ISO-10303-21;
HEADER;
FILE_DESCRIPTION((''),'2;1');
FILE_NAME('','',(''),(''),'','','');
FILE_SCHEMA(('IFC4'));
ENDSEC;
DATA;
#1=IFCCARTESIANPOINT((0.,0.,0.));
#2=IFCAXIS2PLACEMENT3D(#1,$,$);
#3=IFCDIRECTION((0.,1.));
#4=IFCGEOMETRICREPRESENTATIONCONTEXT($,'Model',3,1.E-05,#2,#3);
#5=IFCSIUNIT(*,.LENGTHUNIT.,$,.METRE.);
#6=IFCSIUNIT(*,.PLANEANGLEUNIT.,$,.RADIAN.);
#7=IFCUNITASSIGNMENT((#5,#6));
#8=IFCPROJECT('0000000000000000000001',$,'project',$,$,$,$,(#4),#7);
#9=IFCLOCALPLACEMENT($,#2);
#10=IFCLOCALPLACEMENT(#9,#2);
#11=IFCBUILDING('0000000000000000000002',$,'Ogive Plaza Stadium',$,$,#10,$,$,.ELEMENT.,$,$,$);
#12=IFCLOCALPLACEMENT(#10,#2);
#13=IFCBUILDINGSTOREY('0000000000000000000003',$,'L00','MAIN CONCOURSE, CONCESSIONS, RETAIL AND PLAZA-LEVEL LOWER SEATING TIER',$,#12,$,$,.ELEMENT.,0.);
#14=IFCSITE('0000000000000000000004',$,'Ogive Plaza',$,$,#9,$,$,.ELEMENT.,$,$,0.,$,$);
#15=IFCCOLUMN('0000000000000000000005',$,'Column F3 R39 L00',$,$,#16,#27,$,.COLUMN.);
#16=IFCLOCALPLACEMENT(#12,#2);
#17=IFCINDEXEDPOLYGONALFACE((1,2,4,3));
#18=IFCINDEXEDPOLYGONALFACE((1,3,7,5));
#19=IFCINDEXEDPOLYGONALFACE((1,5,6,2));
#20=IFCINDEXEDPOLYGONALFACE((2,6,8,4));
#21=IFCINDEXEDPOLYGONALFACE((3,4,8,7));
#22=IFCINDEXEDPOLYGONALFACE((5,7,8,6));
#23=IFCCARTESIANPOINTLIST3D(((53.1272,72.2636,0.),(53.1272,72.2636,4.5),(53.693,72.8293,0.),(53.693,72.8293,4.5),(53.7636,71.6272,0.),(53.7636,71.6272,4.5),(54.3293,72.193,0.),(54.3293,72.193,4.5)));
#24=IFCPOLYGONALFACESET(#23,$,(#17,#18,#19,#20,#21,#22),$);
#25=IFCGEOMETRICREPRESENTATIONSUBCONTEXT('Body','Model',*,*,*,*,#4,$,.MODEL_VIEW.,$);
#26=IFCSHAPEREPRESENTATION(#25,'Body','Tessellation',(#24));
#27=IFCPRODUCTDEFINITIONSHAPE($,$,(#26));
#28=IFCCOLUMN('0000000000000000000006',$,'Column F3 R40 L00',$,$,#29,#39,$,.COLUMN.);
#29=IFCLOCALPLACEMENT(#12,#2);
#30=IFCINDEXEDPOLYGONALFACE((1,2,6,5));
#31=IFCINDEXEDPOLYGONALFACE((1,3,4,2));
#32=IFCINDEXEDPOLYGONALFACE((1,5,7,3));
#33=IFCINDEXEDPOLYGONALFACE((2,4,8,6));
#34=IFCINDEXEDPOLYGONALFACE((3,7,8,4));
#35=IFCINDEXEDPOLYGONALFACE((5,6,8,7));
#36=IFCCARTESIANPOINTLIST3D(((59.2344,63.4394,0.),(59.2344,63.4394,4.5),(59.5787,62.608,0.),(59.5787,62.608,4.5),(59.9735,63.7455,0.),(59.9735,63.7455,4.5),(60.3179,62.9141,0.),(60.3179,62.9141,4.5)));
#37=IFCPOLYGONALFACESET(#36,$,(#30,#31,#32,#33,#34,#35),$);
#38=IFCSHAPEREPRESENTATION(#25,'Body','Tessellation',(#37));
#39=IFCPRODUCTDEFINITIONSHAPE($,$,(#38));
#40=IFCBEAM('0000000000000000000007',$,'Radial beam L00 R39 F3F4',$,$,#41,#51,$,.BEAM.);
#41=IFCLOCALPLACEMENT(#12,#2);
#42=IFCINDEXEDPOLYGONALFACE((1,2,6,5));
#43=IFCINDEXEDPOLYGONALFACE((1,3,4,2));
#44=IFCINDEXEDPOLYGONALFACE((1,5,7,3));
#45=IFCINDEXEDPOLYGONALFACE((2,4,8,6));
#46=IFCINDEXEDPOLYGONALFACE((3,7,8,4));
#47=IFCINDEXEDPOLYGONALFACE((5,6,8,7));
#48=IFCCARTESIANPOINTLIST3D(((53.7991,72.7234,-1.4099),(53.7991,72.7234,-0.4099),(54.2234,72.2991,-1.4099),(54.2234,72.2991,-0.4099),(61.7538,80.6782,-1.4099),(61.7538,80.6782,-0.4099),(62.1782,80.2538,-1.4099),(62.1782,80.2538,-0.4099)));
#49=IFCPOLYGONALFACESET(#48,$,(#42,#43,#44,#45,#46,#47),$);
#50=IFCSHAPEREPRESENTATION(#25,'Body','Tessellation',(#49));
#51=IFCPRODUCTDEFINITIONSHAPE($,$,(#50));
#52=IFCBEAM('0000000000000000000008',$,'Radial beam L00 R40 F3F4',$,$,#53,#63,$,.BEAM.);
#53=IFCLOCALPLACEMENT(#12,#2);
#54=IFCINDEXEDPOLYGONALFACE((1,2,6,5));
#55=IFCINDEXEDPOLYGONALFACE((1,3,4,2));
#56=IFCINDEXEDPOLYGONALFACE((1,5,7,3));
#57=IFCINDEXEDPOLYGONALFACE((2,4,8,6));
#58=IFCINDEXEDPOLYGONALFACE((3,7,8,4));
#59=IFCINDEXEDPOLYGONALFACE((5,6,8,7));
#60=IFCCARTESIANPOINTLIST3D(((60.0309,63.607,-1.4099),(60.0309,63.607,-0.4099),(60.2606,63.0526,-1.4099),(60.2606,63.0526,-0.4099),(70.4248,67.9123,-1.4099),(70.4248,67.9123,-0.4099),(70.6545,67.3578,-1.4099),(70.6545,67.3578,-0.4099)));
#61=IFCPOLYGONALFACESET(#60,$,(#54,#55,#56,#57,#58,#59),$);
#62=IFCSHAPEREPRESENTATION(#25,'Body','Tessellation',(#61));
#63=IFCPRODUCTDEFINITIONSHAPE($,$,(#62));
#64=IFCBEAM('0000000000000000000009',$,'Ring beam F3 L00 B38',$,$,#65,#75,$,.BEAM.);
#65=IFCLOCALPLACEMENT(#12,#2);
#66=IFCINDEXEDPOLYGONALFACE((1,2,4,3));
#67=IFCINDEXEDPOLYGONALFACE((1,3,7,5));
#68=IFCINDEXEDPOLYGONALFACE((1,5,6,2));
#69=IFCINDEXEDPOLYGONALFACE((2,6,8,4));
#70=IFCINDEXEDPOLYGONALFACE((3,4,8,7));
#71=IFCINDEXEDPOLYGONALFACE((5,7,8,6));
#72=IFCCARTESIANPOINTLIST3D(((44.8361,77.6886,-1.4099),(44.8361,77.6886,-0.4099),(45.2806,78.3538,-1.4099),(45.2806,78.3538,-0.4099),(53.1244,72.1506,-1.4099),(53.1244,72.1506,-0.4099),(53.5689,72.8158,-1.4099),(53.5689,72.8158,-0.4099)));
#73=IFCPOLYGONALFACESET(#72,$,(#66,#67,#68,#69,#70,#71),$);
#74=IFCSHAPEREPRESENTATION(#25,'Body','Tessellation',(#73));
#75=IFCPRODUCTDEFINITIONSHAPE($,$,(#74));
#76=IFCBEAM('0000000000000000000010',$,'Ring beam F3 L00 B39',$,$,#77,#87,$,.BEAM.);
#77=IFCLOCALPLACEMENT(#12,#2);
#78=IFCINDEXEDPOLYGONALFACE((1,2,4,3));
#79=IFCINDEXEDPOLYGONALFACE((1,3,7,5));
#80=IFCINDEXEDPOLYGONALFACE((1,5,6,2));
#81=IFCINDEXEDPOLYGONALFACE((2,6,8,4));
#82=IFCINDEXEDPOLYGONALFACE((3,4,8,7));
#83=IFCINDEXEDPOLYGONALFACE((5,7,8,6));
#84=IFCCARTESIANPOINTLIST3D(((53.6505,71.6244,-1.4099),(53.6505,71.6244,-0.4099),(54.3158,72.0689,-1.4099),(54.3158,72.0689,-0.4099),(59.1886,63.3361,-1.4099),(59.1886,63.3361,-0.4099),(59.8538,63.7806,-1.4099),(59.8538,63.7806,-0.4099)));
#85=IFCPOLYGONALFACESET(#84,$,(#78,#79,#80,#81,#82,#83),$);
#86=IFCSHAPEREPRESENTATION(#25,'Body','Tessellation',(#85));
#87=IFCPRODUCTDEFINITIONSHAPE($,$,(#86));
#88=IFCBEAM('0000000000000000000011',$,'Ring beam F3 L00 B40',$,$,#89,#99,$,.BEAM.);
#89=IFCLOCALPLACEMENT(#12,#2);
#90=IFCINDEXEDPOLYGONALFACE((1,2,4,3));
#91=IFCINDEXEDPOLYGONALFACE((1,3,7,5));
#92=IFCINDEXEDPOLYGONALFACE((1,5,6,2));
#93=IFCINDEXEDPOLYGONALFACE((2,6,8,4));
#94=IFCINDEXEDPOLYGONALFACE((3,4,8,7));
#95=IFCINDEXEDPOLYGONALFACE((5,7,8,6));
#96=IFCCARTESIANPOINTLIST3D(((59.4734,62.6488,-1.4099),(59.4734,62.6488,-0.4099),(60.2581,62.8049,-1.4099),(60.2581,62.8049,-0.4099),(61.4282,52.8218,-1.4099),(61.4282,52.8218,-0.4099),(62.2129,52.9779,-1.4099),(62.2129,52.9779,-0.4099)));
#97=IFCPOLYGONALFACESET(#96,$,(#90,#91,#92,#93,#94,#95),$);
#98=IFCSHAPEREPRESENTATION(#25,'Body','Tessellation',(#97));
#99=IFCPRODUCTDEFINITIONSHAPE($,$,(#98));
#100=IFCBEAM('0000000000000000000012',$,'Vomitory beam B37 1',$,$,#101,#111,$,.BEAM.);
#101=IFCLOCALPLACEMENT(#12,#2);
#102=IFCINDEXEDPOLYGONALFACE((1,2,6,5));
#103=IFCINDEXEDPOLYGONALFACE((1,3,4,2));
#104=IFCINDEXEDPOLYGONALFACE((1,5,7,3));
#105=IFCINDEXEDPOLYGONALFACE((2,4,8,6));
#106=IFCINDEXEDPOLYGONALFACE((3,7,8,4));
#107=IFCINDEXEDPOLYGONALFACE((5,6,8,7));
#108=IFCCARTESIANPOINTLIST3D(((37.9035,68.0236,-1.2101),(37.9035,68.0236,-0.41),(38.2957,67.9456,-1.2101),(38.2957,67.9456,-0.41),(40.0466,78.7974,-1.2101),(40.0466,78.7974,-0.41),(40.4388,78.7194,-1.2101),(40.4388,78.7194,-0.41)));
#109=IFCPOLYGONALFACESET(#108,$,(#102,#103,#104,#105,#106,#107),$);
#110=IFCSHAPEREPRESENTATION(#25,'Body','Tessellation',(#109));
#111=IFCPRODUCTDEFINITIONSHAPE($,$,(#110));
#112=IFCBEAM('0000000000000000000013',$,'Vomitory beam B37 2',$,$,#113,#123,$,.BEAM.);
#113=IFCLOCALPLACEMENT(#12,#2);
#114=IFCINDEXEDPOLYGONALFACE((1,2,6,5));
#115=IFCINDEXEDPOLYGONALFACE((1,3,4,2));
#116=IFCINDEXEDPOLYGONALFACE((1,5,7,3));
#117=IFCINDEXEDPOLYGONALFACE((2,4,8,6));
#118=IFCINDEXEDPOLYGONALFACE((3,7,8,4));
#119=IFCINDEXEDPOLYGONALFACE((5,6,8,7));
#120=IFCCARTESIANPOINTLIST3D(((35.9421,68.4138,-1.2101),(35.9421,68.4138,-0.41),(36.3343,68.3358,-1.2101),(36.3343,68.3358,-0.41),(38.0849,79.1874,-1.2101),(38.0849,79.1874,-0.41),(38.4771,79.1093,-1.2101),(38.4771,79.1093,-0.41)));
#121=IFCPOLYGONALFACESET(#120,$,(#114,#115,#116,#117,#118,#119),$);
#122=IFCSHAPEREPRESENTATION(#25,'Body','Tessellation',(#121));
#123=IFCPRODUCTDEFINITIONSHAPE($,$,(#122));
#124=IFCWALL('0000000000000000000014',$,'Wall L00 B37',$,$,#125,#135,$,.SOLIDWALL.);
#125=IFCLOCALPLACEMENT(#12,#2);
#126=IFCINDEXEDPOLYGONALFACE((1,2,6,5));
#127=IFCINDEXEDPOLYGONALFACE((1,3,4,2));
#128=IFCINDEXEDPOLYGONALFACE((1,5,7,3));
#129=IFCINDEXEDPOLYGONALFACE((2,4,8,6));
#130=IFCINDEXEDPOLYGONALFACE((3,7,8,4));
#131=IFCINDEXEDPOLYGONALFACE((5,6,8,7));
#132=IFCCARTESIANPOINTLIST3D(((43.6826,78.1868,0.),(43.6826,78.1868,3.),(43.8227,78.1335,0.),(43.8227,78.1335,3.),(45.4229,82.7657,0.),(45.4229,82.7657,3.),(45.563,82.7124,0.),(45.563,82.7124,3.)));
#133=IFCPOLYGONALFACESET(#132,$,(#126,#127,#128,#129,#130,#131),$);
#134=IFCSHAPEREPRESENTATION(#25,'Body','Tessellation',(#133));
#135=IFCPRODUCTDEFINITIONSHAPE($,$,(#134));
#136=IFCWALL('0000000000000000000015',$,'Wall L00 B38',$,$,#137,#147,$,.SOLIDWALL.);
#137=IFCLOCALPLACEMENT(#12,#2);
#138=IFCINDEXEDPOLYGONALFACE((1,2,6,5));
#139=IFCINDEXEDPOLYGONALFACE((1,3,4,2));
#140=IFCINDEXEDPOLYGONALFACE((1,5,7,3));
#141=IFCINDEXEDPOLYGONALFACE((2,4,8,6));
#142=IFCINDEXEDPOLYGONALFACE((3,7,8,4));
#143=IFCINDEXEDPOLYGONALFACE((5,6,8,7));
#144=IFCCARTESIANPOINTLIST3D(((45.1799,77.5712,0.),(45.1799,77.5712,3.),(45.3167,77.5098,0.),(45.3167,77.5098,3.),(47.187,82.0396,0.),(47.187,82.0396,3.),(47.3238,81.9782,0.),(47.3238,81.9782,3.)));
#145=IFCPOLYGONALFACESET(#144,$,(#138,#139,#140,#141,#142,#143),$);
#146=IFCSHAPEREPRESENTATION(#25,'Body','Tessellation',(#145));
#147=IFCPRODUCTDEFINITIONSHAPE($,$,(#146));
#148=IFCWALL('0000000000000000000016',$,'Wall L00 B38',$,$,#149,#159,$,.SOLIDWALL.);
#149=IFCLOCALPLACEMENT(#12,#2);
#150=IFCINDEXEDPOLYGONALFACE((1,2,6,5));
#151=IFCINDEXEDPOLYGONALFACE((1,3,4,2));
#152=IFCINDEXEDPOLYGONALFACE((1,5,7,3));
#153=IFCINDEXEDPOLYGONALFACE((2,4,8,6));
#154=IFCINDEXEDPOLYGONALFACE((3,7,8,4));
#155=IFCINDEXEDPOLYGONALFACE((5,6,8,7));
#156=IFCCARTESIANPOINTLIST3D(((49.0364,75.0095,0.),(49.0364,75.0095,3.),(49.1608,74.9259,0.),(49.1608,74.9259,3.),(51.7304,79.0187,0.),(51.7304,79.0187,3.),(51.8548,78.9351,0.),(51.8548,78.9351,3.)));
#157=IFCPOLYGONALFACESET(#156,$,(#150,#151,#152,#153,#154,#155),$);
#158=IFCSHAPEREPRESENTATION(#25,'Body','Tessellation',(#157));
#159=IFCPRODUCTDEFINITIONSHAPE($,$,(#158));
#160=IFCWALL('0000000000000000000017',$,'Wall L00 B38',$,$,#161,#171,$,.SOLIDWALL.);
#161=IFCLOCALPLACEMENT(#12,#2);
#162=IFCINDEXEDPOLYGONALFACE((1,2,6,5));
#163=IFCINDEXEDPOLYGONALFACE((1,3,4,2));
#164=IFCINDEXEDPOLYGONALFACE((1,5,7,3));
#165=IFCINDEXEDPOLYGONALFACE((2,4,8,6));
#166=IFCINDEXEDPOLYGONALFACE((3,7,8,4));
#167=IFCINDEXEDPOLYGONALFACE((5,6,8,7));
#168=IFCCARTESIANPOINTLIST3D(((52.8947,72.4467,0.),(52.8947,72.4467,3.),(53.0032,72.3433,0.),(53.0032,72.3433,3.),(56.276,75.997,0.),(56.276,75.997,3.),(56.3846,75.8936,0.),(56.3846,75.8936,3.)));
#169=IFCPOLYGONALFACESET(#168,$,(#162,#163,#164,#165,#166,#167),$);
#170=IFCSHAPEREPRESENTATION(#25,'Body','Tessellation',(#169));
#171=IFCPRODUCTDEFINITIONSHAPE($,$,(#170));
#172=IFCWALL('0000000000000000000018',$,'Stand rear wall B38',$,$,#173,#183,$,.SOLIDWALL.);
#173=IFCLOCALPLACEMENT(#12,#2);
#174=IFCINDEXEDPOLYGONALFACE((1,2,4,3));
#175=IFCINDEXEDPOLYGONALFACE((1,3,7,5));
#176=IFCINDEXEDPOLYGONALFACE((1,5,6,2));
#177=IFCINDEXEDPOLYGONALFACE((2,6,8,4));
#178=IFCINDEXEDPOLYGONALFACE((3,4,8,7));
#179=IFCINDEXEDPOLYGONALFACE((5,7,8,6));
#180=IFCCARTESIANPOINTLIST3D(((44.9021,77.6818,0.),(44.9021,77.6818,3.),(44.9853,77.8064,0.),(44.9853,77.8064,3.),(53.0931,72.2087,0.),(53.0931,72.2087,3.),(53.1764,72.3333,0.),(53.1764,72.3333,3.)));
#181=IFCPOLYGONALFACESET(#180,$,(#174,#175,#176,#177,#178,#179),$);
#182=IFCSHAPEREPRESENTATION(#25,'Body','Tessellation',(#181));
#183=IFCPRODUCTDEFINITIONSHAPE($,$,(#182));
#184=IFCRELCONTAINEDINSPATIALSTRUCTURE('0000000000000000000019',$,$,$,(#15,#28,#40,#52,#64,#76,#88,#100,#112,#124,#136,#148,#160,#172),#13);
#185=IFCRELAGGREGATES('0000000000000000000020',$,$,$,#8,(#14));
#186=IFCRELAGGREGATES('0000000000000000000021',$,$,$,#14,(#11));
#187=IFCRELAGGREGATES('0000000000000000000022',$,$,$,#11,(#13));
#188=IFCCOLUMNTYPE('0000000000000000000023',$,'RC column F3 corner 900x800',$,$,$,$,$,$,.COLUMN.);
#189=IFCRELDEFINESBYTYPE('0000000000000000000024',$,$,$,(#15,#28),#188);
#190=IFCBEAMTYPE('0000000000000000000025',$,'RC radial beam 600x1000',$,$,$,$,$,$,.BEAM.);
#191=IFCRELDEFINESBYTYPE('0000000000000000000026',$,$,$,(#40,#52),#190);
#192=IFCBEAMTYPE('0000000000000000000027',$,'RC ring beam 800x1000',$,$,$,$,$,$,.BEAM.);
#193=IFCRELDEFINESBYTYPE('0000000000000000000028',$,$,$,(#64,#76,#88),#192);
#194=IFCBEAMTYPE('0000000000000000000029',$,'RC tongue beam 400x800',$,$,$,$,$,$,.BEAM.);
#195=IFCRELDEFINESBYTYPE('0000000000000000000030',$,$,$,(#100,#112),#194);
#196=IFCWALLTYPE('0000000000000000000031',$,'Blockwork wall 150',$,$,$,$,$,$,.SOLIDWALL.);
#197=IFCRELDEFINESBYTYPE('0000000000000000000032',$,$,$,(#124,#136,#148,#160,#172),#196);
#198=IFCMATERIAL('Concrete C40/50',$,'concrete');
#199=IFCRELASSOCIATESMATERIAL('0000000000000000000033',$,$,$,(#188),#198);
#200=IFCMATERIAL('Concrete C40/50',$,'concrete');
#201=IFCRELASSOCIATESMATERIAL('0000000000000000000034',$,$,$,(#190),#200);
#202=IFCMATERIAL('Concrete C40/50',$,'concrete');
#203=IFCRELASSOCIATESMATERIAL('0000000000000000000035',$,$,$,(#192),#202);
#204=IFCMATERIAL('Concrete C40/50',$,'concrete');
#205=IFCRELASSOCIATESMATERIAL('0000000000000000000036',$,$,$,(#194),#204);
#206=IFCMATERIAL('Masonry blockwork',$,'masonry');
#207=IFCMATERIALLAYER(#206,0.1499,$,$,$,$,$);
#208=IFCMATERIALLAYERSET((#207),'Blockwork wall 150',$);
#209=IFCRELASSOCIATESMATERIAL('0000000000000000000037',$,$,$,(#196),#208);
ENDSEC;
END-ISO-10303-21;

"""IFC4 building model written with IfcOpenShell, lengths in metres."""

from ifc_helpers import new_model, si_unit, direction, frame, frame_2d, origin, origin_2d, place, context, subcontext, project, spatial, rectangle, extrude, material, layer, layer_set, material_profile, profile_set, type_object, element, save


model = new_model("IFC4")

# Units and contexts
model_context = context("Model", 3, precision=1e-05, world=origin(), true_north=direction((0.0, 1.0)))
body_context = subcontext(model_context, "Body", "Model", "MODEL_VIEW")
ifc_project = project(units=[si_unit("LENGTHUNIT", "METRE"), si_unit("PLANEANGLEUNIT", "RADIAN")], contexts=[model_context])

# Site, building, storey
site_placement = place(None, origin())
site = spatial("IfcSite", under=ifc_project, at=site_placement, Name="Ogive Plaza", CompositionType="ELEMENT", RefElevation=0.0)
building_placement = place(site_placement, origin())
building = spatial("IfcBuilding", under=site, at=building_placement, Name="Ogive Plaza Stadium", CompositionType="ELEMENT")
storey_placement = place(building_placement, origin())
storey = spatial("IfcBuildingStorey", under=building, at=storey_placement, Name="L00", Description="MAIN CONCOURSE, CONCESSIONS, RETAIL AND PLAZA-LEVEL LOWER SEATING TIER", CompositionType="ELEMENT", Elevation=0.0)

# Columns
ifc_material_1 = material(Name="Concrete C40/50", Category="concrete")
ifc_material_profile_1 = material_profile(ifc_material_1, rectangle(XDim=0.8999, YDim=0.8, at=origin_2d()), Name="RC 900x800")
ifc_profile_set_1 = profile_set([ifc_material_profile_1], Name="Concrete C40/50")
column_type = type_object("IfcColumnType", Name="RC column F3 corner 900x800", PredefinedType="COLUMN", material=ifc_profile_set_1)
for number, where, z_axis, x_axis, name in (
    (1, (53.7283, 72.2283, 0.0), (0.0, 0.0, 1.0), (-0.707107, 0.707107, 0.0), "Column F3 R39 L00"),
    (2, (59.7761, 63.1768, 0.0), (0.0, 0.0, 1.0), (-0.382683, 0.92388, 0.0), "Column F3 R40 L00"),
):
    element("IfcColumn", number, at=place(storey_placement, frame(where, z_axis=z_axis, x_axis=x_axis)), inside=storey, type_object=column_type, Name=name, PredefinedType="COLUMN", context=body_context, shape_type="SweptSolid", body=[
        extrude(rectangle(XDim=0.8999, YDim=0.8, at=origin_2d()), origin(), (0.0, 0.0, 1.0), 4.5),
    ])

# Beams
ifc_material_2 = material(Name="Concrete C40/50", Category="concrete")
ifc_material_profile_2 = material_profile(ifc_material_2, rectangle(XDim=0.6001, YDim=1.0, at=origin_2d()), Name="RC 600x1000")
ifc_profile_set_2 = profile_set([ifc_material_profile_2], Name="Concrete C40/50")
beam_type_1 = type_object("IfcBeamType", Name="RC radial beam 600x1000", PredefinedType="BEAM", material=ifc_profile_set_2)
beam_1_placement = place(storey_placement, frame((54.0112, 72.5112, -0.9099), z_axis=(0.707107, 0.707107, 0.0), x_axis=(-0.707107, 0.707107, 0.0)))
element("IfcBeam", 3, at=beam_1_placement, inside=storey, type_object=beam_type_1, Name="Radial beam L00 R39 F3F4", PredefinedType="BEAM", context=body_context, shape_type="SweptSolid", body=[
    extrude(rectangle(XDim=0.6001, YDim=1.0, at=origin_2d()), origin(), (0.0, 0.0, 1.0), 11.2498),
])
beam_2_placement = place(storey_placement, frame((60.1458, 63.3298, -0.9099), z_axis=(0.923882, 0.382678, 0.0), x_axis=(-0.382678, 0.923882, 0.0)))
element("IfcBeam", 4, at=beam_2_placement, inside=storey, type_object=beam_type_1, Name="Radial beam L00 R40 F3F4", PredefinedType="BEAM", context=body_context, shape_type="SweptSolid", body=[
    extrude(rectangle(XDim=0.6001, YDim=1.0, at=origin_2d()), origin(), (0.0, 0.0, 1.0), 11.2502),
])
ifc_material_3 = material(Name="Concrete C40/50", Category="concrete")
ifc_material_profile_3 = material_profile(ifc_material_3, rectangle(XDim=0.8, YDim=1.0, at=origin_2d()), Name="RC 800x1000")
ifc_profile_set_3 = profile_set([ifc_material_profile_3], Name="Concrete C40/50")
beam_type_2 = type_object("IfcBeamType", Name="RC ring beam 800x1000", PredefinedType="BEAM", material=ifc_profile_set_3)
for number, where, z_axis, x_axis, name in (
    (5, (45.0583, 78.0212, -0.9099), (0.83147, -0.55557, 0.0), (0.55557, 0.83147, 0.0), "Ring beam F3 L00 B38"),
    (6, (53.9832, 71.8467, -0.9099), (0.55557, -0.83147, 0.0), (0.83147, 0.55557, 0.0), "Ring beam F3 L00 B39"),
):
    element("IfcBeam", number, at=place(storey_placement, frame(where, z_axis=z_axis, x_axis=x_axis)), inside=storey, type_object=beam_type_2, Name=name, PredefinedType="BEAM", context=body_context, shape_type="SweptSolid", body=[
        extrude(rectangle(XDim=0.8, YDim=1.0, at=origin_2d()), origin(), (0.0, 0.0, 1.0), 9.9683),
    ])
beam_3_placement = place(storey_placement, frame((59.8657, 62.7268, -0.9099), z_axis=(0.195104, -0.980783, 0.0), x_axis=(0.980783, 0.195104, 0.0)))
element("IfcBeam", 7, at=beam_3_placement, inside=storey, type_object=beam_type_2, Name="Ring beam F3 L00 B40", PredefinedType="BEAM", context=body_context, shape_type="SweptSolid", body=[
    extrude(rectangle(XDim=0.8, YDim=1.0, at=origin_2d()), origin(), (0.0, 0.0, 1.0), 10.0195),
])
ifc_material_4 = material(Name="Concrete C40/50", Category="concrete")
ifc_material_profile_4 = material_profile(ifc_material_4, rectangle(XDim=0.3999, YDim=0.8, at=origin_2d()), Name="RC 400x800")
ifc_profile_set_4 = profile_set([ifc_material_profile_4], Name="Concrete C40/50")
beam_type_3 = type_object("IfcBeamType", Name="RC tongue beam 400x800", PredefinedType="BEAM", material=ifc_profile_set_4)
beam_4_placement = place(storey_placement, frame((38.0996, 67.9846, -0.8101), z_axis=(0.195095, 0.980784, 0.0), x_axis=(-0.980784, 0.195095, 0.0)))
element("IfcBeam", 8, at=beam_4_placement, inside=storey, type_object=beam_type_3, Name="Vomitory beam B37 1", PredefinedType="BEAM", context=body_context, shape_type="SweptSolid", body=[
    extrude(rectangle(XDim=0.3999, YDim=0.8, at=origin_2d()), origin(), (0.0, 0.0, 1.0), 10.9849),
])
beam_5_placement = place(storey_placement, frame((36.1382, 68.3748, -0.8101), z_axis=(0.195073, 0.980789, 0.0), x_axis=(-0.980789, 0.195073, 0.0)))
element("IfcBeam", 9, at=beam_5_placement, inside=storey, type_object=beam_type_3, Name="Vomitory beam B37 2", PredefinedType="BEAM", context=body_context, shape_type="SweptSolid", body=[
    extrude(rectangle(XDim=0.3999, YDim=0.8, at=origin_2d()), origin(), (0.0, 0.0, 1.0), 10.9846),
])

# Walls
ifc_material_5 = material(Name="Masonry blockwork", Category="masonry")
ifc_layer_1 = layer(ifc_material_5, 0.1499)
ifc_layer_set_1 = layer_set([ifc_layer_1], Name="Blockwork wall 150")
wall_type_1 = type_object("IfcWallType", Name="Blockwork wall 150", PredefinedType="SOLIDWALL", material=ifc_layer_set_1)
for number, where, z_axis, x_axis, name in (
    (10, (43.7527, 78.1602, 0.0), (0.0, 0.0, 1.0), (0.355266, 0.934765, 0.0), "Wall L00 B37"),
    (11, (45.2483, 77.5405, 0.0), (0.0, 0.0, 1.0), (0.409747, 0.912199, 0.0), "Wall L00 B38"),
):
    element("IfcWall", number, at=place(storey_placement, frame(where, z_axis=z_axis, x_axis=x_axis)), inside=storey, type_object=wall_type_1, Name=name, PredefinedType="SOLIDWALL", context=body_context, shape_type="SweptSolid", body=[
        extrude(rectangle(XDim=4.8984, YDim=0.1499, at=frame_2d((2.4492, 0.0))), origin(), (0.0, 0.0, 1.0), 3.0),
    ])
wall_1_placement = place(storey_placement, frame((49.0986, 74.9678, 0.0), z_axis=(0.0, 0.0, 1.0), x_axis=(0.557741, 0.830015, 0.0)))
element("IfcWall", 12, at=wall_1_placement, inside=storey, type_object=wall_type_1, Name="Wall L00 B38", PredefinedType="SOLIDWALL", context=body_context, shape_type="SweptSolid", body=[
    extrude(rectangle(XDim=4.8303, YDim=0.1499, at=frame_2d((2.415, 0.0))), origin(), (0.0, 0.0, 1.0), 3.0),
])
wall_2_placement = place(storey_placement, frame((52.949, 72.395, 0.0), z_axis=(0.0, 0.0, 1.0), x_axis=(0.689668, 0.724126, 0.0)))
element("IfcWall", 13, at=wall_2_placement, inside=storey, type_object=wall_type_1, Name="Wall L00 B38", PredefinedType="SOLIDWALL", context=body_context, shape_type="SweptSolid", body=[
    extrude(rectangle(XDim=4.9028, YDim=0.1499, at=frame_2d((2.4514, 0.0))), origin(), (0.0, 0.0, 1.0), 3.0),
])
wall_3_placement = place(storey_placement, frame((44.9436, 77.7441, 0.0), z_axis=(0.0, 0.0, 1.0), x_axis=(0.83147, -0.555569, 0.0)))
element("IfcWall", 14, at=wall_3_placement, inside=storey, type_object=wall_type_1, Name="Stand rear wall B38", PredefinedType="SOLIDWALL", context=body_context, shape_type="SweptSolid", body=[
    extrude(rectangle(XDim=9.8513, YDim=0.1499, at=frame_2d((4.9258, 0.0))), origin(), (0.0, 0.0, 1.0), 3.0),
])

save(model, "model.ifc")
